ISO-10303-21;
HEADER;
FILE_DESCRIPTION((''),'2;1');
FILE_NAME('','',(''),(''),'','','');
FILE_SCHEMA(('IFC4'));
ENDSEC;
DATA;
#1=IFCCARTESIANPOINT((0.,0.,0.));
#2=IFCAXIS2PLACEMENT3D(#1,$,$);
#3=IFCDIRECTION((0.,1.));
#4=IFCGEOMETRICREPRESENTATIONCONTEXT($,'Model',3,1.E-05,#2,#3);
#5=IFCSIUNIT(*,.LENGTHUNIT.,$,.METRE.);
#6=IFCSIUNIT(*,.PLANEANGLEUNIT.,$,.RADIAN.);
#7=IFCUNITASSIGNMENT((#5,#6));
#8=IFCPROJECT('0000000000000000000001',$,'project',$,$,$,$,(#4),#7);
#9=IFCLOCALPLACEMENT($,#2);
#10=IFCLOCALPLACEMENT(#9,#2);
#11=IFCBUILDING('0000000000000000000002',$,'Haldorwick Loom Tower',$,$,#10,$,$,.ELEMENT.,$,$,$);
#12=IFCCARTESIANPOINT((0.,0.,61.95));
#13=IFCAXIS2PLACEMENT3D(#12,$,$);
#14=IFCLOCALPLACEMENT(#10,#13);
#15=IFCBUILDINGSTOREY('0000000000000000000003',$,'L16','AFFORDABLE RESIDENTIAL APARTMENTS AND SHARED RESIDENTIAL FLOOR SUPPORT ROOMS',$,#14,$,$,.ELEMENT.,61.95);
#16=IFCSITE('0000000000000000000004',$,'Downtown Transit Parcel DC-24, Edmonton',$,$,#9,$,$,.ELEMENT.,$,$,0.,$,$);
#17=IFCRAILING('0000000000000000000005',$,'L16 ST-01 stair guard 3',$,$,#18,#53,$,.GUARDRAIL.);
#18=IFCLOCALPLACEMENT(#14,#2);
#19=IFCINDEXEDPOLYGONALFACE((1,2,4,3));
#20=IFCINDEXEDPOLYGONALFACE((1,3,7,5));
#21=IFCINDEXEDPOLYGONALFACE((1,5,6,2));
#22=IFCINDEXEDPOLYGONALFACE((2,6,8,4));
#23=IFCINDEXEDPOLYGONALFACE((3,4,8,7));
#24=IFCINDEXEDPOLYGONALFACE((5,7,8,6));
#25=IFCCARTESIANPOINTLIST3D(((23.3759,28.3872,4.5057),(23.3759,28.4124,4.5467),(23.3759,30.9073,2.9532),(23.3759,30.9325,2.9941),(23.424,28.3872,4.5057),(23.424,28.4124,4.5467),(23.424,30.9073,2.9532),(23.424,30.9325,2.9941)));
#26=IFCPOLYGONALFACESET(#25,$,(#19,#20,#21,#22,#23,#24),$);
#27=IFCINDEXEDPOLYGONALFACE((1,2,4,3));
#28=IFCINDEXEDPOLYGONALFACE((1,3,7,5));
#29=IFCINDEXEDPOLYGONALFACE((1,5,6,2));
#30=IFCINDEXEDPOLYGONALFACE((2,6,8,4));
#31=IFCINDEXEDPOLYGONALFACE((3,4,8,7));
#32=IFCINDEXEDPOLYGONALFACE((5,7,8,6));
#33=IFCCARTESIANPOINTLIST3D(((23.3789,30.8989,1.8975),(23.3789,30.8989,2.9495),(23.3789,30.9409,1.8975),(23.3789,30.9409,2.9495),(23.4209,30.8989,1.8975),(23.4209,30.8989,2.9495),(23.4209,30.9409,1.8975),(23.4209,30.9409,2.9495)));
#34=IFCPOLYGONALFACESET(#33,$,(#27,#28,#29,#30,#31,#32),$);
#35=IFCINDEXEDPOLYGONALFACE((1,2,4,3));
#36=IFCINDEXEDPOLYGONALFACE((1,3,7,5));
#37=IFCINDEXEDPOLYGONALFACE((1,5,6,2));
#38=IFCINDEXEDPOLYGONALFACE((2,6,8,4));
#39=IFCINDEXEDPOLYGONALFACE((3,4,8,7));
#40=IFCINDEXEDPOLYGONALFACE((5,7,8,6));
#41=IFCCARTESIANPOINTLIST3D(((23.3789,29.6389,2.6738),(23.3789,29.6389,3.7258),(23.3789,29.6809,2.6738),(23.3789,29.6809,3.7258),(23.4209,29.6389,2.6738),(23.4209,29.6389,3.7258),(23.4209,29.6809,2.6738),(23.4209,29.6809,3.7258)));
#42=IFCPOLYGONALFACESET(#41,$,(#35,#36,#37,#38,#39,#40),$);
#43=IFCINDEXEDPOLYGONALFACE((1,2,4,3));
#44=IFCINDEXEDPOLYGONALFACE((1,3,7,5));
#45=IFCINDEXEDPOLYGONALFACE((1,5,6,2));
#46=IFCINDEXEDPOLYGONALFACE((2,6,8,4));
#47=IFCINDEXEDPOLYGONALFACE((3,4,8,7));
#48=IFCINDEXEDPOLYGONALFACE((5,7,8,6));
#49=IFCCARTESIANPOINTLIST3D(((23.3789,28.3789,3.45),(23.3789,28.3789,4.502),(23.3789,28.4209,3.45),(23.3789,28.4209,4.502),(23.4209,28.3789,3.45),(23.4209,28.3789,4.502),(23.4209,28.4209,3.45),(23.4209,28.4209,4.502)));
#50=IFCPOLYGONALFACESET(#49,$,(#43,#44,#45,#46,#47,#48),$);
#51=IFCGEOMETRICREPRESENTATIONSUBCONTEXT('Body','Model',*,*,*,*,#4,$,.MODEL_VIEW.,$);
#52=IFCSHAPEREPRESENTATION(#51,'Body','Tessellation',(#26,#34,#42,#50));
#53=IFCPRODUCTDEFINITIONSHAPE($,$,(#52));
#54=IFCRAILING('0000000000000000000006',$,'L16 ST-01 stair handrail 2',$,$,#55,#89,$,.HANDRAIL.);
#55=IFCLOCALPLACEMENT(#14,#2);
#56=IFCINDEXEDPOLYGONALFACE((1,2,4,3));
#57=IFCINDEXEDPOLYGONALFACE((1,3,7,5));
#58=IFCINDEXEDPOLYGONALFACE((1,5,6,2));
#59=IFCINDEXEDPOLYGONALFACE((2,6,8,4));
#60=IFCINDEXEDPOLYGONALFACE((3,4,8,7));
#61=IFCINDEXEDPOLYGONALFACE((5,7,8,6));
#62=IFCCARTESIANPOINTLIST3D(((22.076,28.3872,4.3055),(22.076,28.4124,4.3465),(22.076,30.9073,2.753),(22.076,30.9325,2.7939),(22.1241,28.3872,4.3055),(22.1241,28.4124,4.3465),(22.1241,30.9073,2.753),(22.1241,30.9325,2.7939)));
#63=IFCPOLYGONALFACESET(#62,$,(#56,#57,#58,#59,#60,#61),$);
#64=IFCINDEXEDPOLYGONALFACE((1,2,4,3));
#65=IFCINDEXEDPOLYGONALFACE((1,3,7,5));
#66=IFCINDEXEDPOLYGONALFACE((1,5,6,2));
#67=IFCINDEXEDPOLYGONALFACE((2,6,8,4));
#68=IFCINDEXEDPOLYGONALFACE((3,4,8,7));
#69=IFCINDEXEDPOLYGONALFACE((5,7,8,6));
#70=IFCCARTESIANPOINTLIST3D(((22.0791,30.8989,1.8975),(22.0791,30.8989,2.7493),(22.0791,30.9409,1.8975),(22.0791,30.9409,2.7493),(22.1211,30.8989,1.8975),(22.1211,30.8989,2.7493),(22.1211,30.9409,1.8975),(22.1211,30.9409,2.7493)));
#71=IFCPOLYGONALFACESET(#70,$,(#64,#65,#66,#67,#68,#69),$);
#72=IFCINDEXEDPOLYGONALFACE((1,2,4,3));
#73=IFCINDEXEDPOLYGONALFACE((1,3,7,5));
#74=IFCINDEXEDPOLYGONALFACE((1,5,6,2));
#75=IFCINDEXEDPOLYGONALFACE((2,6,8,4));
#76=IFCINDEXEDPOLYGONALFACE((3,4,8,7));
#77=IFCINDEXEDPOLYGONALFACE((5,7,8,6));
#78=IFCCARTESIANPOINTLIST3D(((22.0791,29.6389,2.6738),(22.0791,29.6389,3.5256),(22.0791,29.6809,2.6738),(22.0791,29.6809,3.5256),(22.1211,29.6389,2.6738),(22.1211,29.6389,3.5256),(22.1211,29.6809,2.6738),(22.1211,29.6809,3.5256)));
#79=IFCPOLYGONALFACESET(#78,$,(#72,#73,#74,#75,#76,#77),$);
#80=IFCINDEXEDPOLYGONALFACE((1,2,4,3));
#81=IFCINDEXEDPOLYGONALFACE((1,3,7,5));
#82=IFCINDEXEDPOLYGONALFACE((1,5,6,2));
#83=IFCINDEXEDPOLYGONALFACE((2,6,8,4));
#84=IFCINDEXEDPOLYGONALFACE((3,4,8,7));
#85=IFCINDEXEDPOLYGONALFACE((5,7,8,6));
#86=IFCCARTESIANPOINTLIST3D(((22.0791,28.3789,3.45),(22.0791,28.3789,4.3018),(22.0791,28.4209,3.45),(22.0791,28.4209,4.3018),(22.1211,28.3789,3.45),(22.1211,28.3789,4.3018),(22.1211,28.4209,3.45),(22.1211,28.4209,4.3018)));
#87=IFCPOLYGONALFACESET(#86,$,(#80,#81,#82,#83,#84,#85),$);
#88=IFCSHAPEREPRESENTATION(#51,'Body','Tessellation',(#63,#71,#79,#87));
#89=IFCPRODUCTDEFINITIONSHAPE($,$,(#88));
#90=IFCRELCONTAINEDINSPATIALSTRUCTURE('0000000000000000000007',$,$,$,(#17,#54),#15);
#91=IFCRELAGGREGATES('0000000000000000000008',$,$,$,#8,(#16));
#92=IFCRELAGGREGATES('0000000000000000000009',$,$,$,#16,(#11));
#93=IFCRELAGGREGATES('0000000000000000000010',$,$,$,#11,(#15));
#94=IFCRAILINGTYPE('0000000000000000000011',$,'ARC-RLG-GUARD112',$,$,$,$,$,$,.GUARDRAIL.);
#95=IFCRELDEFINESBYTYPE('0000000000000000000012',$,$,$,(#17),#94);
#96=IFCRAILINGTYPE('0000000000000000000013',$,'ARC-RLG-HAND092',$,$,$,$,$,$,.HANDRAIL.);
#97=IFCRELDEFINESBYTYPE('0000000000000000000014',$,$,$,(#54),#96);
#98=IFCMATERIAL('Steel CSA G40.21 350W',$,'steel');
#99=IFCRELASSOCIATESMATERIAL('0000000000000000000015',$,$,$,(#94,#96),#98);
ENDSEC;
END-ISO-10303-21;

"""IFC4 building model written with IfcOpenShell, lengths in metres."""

from ifc_helpers import new_model, si_unit, direction, frame, origin, origin_2d, place, context, subcontext, project, spatial, rectangle, extrude, material, type_object, element, save


model = new_model("IFC4")

# Units and contexts
model_context = context("Model", 3, precision=1e-05, world=origin(), true_north=direction((0.0, 1.0)))
body_context = subcontext(model_context, "Body", "Model", "MODEL_VIEW")
ifc_project = project(units=[si_unit("LENGTHUNIT", "METRE"), si_unit("PLANEANGLEUNIT", "RADIAN")], contexts=[model_context])

# Site, building, storey
site_placement = place(None, origin())
site = spatial("IfcSite", under=ifc_project, at=site_placement, Name="Downtown Transit Parcel DC-24, Edmonton", CompositionType="ELEMENT", RefElevation=0.0)
building_placement = place(site_placement, origin())
building = spatial("IfcBuilding", under=site, at=building_placement, Name="Haldorwick Loom Tower", CompositionType="ELEMENT")
storey_placement = place(building_placement, frame((0.0, 0.0, 61.95)))
storey = spatial("IfcBuildingStorey", under=building, at=storey_placement, Name="L16", Description="AFFORDABLE RESIDENTIAL APARTMENTS AND SHARED RESIDENTIAL FLOOR SUPPORT ROOMS", CompositionType="ELEMENT", Elevation=61.95)

# Shared definitions
ifc_material_1 = material(Name="Steel CSA G40.21 350W", Category="steel")

# Railings
railing_type_1 = type_object("IfcRailingType", Name="ARC-RLG-GUARD112", PredefinedType="GUARDRAIL", material=ifc_material_1)
railing_1_placement = place(storey_placement, frame((23.3999, 30.9199, 1.8975)))
element("IfcRailing", 1, at=railing_1_placement, inside=storey, type_object=railing_type_1, Name="L16 ST-01 stair guard 3", PredefinedType="GUARDRAIL", context=body_context, shape_type="SweptSolid", body=[
    extrude(rectangle(XDim=0.0481, YDim=0.0481, at=origin_2d()), frame((0.0, 0.0, 1.0762), z_axis=(0.0, -0.8514, 0.524516), x_axis=(1.0, 0.0, 0.0)), (0.0, 0.0, 1.0), 2.96),
    extrude(rectangle(XDim=0.042, YDim=0.042, at=origin_2d()), origin(), (0.0, 0.0, 1.0), 1.052),
    extrude(rectangle(XDim=0.042, YDim=0.042, at=origin_2d()), frame((0.0, -1.26, 0.7764)), (0.0, 0.0, 1.0), 1.052),
    extrude(rectangle(XDim=0.042, YDim=0.042, at=origin_2d()), frame((0.0, -2.52, 1.5525)), (0.0, 0.0, 1.0), 1.052),
])
railing_type_2 = type_object("IfcRailingType", Name="ARC-RLG-HAND092", PredefinedType="HANDRAIL", material=ifc_material_1)
railing_2_placement = place(storey_placement, frame((22.1001, 30.9199, 1.8975)))
element("IfcRailing", 2, at=railing_2_placement, inside=storey, type_object=railing_type_2, Name="L16 ST-01 stair handrail 2", PredefinedType="HANDRAIL", context=body_context, shape_type="SweptSolid", body=[
    extrude(rectangle(XDim=0.0481, YDim=0.0481, at=origin_2d()), frame((0.0, 0.0, 0.876), z_axis=(0.0, -0.8514, 0.524516), x_axis=(1.0, 0.0, 0.0)), (0.0, 0.0, 1.0), 2.96),
    extrude(rectangle(XDim=0.042, YDim=0.042, at=origin_2d()), origin(), (0.0, 0.0, 1.0), 0.8518),
    extrude(rectangle(XDim=0.042, YDim=0.042, at=origin_2d()), frame((0.0, -1.26, 0.7764)), (0.0, 0.0, 1.0), 0.8518),
    extrude(rectangle(XDim=0.042, YDim=0.042, at=origin_2d()), frame((0.0, -2.52, 1.5525)), (0.0, 0.0, 1.0), 0.8518),
])

save(model, "model.ifc")
